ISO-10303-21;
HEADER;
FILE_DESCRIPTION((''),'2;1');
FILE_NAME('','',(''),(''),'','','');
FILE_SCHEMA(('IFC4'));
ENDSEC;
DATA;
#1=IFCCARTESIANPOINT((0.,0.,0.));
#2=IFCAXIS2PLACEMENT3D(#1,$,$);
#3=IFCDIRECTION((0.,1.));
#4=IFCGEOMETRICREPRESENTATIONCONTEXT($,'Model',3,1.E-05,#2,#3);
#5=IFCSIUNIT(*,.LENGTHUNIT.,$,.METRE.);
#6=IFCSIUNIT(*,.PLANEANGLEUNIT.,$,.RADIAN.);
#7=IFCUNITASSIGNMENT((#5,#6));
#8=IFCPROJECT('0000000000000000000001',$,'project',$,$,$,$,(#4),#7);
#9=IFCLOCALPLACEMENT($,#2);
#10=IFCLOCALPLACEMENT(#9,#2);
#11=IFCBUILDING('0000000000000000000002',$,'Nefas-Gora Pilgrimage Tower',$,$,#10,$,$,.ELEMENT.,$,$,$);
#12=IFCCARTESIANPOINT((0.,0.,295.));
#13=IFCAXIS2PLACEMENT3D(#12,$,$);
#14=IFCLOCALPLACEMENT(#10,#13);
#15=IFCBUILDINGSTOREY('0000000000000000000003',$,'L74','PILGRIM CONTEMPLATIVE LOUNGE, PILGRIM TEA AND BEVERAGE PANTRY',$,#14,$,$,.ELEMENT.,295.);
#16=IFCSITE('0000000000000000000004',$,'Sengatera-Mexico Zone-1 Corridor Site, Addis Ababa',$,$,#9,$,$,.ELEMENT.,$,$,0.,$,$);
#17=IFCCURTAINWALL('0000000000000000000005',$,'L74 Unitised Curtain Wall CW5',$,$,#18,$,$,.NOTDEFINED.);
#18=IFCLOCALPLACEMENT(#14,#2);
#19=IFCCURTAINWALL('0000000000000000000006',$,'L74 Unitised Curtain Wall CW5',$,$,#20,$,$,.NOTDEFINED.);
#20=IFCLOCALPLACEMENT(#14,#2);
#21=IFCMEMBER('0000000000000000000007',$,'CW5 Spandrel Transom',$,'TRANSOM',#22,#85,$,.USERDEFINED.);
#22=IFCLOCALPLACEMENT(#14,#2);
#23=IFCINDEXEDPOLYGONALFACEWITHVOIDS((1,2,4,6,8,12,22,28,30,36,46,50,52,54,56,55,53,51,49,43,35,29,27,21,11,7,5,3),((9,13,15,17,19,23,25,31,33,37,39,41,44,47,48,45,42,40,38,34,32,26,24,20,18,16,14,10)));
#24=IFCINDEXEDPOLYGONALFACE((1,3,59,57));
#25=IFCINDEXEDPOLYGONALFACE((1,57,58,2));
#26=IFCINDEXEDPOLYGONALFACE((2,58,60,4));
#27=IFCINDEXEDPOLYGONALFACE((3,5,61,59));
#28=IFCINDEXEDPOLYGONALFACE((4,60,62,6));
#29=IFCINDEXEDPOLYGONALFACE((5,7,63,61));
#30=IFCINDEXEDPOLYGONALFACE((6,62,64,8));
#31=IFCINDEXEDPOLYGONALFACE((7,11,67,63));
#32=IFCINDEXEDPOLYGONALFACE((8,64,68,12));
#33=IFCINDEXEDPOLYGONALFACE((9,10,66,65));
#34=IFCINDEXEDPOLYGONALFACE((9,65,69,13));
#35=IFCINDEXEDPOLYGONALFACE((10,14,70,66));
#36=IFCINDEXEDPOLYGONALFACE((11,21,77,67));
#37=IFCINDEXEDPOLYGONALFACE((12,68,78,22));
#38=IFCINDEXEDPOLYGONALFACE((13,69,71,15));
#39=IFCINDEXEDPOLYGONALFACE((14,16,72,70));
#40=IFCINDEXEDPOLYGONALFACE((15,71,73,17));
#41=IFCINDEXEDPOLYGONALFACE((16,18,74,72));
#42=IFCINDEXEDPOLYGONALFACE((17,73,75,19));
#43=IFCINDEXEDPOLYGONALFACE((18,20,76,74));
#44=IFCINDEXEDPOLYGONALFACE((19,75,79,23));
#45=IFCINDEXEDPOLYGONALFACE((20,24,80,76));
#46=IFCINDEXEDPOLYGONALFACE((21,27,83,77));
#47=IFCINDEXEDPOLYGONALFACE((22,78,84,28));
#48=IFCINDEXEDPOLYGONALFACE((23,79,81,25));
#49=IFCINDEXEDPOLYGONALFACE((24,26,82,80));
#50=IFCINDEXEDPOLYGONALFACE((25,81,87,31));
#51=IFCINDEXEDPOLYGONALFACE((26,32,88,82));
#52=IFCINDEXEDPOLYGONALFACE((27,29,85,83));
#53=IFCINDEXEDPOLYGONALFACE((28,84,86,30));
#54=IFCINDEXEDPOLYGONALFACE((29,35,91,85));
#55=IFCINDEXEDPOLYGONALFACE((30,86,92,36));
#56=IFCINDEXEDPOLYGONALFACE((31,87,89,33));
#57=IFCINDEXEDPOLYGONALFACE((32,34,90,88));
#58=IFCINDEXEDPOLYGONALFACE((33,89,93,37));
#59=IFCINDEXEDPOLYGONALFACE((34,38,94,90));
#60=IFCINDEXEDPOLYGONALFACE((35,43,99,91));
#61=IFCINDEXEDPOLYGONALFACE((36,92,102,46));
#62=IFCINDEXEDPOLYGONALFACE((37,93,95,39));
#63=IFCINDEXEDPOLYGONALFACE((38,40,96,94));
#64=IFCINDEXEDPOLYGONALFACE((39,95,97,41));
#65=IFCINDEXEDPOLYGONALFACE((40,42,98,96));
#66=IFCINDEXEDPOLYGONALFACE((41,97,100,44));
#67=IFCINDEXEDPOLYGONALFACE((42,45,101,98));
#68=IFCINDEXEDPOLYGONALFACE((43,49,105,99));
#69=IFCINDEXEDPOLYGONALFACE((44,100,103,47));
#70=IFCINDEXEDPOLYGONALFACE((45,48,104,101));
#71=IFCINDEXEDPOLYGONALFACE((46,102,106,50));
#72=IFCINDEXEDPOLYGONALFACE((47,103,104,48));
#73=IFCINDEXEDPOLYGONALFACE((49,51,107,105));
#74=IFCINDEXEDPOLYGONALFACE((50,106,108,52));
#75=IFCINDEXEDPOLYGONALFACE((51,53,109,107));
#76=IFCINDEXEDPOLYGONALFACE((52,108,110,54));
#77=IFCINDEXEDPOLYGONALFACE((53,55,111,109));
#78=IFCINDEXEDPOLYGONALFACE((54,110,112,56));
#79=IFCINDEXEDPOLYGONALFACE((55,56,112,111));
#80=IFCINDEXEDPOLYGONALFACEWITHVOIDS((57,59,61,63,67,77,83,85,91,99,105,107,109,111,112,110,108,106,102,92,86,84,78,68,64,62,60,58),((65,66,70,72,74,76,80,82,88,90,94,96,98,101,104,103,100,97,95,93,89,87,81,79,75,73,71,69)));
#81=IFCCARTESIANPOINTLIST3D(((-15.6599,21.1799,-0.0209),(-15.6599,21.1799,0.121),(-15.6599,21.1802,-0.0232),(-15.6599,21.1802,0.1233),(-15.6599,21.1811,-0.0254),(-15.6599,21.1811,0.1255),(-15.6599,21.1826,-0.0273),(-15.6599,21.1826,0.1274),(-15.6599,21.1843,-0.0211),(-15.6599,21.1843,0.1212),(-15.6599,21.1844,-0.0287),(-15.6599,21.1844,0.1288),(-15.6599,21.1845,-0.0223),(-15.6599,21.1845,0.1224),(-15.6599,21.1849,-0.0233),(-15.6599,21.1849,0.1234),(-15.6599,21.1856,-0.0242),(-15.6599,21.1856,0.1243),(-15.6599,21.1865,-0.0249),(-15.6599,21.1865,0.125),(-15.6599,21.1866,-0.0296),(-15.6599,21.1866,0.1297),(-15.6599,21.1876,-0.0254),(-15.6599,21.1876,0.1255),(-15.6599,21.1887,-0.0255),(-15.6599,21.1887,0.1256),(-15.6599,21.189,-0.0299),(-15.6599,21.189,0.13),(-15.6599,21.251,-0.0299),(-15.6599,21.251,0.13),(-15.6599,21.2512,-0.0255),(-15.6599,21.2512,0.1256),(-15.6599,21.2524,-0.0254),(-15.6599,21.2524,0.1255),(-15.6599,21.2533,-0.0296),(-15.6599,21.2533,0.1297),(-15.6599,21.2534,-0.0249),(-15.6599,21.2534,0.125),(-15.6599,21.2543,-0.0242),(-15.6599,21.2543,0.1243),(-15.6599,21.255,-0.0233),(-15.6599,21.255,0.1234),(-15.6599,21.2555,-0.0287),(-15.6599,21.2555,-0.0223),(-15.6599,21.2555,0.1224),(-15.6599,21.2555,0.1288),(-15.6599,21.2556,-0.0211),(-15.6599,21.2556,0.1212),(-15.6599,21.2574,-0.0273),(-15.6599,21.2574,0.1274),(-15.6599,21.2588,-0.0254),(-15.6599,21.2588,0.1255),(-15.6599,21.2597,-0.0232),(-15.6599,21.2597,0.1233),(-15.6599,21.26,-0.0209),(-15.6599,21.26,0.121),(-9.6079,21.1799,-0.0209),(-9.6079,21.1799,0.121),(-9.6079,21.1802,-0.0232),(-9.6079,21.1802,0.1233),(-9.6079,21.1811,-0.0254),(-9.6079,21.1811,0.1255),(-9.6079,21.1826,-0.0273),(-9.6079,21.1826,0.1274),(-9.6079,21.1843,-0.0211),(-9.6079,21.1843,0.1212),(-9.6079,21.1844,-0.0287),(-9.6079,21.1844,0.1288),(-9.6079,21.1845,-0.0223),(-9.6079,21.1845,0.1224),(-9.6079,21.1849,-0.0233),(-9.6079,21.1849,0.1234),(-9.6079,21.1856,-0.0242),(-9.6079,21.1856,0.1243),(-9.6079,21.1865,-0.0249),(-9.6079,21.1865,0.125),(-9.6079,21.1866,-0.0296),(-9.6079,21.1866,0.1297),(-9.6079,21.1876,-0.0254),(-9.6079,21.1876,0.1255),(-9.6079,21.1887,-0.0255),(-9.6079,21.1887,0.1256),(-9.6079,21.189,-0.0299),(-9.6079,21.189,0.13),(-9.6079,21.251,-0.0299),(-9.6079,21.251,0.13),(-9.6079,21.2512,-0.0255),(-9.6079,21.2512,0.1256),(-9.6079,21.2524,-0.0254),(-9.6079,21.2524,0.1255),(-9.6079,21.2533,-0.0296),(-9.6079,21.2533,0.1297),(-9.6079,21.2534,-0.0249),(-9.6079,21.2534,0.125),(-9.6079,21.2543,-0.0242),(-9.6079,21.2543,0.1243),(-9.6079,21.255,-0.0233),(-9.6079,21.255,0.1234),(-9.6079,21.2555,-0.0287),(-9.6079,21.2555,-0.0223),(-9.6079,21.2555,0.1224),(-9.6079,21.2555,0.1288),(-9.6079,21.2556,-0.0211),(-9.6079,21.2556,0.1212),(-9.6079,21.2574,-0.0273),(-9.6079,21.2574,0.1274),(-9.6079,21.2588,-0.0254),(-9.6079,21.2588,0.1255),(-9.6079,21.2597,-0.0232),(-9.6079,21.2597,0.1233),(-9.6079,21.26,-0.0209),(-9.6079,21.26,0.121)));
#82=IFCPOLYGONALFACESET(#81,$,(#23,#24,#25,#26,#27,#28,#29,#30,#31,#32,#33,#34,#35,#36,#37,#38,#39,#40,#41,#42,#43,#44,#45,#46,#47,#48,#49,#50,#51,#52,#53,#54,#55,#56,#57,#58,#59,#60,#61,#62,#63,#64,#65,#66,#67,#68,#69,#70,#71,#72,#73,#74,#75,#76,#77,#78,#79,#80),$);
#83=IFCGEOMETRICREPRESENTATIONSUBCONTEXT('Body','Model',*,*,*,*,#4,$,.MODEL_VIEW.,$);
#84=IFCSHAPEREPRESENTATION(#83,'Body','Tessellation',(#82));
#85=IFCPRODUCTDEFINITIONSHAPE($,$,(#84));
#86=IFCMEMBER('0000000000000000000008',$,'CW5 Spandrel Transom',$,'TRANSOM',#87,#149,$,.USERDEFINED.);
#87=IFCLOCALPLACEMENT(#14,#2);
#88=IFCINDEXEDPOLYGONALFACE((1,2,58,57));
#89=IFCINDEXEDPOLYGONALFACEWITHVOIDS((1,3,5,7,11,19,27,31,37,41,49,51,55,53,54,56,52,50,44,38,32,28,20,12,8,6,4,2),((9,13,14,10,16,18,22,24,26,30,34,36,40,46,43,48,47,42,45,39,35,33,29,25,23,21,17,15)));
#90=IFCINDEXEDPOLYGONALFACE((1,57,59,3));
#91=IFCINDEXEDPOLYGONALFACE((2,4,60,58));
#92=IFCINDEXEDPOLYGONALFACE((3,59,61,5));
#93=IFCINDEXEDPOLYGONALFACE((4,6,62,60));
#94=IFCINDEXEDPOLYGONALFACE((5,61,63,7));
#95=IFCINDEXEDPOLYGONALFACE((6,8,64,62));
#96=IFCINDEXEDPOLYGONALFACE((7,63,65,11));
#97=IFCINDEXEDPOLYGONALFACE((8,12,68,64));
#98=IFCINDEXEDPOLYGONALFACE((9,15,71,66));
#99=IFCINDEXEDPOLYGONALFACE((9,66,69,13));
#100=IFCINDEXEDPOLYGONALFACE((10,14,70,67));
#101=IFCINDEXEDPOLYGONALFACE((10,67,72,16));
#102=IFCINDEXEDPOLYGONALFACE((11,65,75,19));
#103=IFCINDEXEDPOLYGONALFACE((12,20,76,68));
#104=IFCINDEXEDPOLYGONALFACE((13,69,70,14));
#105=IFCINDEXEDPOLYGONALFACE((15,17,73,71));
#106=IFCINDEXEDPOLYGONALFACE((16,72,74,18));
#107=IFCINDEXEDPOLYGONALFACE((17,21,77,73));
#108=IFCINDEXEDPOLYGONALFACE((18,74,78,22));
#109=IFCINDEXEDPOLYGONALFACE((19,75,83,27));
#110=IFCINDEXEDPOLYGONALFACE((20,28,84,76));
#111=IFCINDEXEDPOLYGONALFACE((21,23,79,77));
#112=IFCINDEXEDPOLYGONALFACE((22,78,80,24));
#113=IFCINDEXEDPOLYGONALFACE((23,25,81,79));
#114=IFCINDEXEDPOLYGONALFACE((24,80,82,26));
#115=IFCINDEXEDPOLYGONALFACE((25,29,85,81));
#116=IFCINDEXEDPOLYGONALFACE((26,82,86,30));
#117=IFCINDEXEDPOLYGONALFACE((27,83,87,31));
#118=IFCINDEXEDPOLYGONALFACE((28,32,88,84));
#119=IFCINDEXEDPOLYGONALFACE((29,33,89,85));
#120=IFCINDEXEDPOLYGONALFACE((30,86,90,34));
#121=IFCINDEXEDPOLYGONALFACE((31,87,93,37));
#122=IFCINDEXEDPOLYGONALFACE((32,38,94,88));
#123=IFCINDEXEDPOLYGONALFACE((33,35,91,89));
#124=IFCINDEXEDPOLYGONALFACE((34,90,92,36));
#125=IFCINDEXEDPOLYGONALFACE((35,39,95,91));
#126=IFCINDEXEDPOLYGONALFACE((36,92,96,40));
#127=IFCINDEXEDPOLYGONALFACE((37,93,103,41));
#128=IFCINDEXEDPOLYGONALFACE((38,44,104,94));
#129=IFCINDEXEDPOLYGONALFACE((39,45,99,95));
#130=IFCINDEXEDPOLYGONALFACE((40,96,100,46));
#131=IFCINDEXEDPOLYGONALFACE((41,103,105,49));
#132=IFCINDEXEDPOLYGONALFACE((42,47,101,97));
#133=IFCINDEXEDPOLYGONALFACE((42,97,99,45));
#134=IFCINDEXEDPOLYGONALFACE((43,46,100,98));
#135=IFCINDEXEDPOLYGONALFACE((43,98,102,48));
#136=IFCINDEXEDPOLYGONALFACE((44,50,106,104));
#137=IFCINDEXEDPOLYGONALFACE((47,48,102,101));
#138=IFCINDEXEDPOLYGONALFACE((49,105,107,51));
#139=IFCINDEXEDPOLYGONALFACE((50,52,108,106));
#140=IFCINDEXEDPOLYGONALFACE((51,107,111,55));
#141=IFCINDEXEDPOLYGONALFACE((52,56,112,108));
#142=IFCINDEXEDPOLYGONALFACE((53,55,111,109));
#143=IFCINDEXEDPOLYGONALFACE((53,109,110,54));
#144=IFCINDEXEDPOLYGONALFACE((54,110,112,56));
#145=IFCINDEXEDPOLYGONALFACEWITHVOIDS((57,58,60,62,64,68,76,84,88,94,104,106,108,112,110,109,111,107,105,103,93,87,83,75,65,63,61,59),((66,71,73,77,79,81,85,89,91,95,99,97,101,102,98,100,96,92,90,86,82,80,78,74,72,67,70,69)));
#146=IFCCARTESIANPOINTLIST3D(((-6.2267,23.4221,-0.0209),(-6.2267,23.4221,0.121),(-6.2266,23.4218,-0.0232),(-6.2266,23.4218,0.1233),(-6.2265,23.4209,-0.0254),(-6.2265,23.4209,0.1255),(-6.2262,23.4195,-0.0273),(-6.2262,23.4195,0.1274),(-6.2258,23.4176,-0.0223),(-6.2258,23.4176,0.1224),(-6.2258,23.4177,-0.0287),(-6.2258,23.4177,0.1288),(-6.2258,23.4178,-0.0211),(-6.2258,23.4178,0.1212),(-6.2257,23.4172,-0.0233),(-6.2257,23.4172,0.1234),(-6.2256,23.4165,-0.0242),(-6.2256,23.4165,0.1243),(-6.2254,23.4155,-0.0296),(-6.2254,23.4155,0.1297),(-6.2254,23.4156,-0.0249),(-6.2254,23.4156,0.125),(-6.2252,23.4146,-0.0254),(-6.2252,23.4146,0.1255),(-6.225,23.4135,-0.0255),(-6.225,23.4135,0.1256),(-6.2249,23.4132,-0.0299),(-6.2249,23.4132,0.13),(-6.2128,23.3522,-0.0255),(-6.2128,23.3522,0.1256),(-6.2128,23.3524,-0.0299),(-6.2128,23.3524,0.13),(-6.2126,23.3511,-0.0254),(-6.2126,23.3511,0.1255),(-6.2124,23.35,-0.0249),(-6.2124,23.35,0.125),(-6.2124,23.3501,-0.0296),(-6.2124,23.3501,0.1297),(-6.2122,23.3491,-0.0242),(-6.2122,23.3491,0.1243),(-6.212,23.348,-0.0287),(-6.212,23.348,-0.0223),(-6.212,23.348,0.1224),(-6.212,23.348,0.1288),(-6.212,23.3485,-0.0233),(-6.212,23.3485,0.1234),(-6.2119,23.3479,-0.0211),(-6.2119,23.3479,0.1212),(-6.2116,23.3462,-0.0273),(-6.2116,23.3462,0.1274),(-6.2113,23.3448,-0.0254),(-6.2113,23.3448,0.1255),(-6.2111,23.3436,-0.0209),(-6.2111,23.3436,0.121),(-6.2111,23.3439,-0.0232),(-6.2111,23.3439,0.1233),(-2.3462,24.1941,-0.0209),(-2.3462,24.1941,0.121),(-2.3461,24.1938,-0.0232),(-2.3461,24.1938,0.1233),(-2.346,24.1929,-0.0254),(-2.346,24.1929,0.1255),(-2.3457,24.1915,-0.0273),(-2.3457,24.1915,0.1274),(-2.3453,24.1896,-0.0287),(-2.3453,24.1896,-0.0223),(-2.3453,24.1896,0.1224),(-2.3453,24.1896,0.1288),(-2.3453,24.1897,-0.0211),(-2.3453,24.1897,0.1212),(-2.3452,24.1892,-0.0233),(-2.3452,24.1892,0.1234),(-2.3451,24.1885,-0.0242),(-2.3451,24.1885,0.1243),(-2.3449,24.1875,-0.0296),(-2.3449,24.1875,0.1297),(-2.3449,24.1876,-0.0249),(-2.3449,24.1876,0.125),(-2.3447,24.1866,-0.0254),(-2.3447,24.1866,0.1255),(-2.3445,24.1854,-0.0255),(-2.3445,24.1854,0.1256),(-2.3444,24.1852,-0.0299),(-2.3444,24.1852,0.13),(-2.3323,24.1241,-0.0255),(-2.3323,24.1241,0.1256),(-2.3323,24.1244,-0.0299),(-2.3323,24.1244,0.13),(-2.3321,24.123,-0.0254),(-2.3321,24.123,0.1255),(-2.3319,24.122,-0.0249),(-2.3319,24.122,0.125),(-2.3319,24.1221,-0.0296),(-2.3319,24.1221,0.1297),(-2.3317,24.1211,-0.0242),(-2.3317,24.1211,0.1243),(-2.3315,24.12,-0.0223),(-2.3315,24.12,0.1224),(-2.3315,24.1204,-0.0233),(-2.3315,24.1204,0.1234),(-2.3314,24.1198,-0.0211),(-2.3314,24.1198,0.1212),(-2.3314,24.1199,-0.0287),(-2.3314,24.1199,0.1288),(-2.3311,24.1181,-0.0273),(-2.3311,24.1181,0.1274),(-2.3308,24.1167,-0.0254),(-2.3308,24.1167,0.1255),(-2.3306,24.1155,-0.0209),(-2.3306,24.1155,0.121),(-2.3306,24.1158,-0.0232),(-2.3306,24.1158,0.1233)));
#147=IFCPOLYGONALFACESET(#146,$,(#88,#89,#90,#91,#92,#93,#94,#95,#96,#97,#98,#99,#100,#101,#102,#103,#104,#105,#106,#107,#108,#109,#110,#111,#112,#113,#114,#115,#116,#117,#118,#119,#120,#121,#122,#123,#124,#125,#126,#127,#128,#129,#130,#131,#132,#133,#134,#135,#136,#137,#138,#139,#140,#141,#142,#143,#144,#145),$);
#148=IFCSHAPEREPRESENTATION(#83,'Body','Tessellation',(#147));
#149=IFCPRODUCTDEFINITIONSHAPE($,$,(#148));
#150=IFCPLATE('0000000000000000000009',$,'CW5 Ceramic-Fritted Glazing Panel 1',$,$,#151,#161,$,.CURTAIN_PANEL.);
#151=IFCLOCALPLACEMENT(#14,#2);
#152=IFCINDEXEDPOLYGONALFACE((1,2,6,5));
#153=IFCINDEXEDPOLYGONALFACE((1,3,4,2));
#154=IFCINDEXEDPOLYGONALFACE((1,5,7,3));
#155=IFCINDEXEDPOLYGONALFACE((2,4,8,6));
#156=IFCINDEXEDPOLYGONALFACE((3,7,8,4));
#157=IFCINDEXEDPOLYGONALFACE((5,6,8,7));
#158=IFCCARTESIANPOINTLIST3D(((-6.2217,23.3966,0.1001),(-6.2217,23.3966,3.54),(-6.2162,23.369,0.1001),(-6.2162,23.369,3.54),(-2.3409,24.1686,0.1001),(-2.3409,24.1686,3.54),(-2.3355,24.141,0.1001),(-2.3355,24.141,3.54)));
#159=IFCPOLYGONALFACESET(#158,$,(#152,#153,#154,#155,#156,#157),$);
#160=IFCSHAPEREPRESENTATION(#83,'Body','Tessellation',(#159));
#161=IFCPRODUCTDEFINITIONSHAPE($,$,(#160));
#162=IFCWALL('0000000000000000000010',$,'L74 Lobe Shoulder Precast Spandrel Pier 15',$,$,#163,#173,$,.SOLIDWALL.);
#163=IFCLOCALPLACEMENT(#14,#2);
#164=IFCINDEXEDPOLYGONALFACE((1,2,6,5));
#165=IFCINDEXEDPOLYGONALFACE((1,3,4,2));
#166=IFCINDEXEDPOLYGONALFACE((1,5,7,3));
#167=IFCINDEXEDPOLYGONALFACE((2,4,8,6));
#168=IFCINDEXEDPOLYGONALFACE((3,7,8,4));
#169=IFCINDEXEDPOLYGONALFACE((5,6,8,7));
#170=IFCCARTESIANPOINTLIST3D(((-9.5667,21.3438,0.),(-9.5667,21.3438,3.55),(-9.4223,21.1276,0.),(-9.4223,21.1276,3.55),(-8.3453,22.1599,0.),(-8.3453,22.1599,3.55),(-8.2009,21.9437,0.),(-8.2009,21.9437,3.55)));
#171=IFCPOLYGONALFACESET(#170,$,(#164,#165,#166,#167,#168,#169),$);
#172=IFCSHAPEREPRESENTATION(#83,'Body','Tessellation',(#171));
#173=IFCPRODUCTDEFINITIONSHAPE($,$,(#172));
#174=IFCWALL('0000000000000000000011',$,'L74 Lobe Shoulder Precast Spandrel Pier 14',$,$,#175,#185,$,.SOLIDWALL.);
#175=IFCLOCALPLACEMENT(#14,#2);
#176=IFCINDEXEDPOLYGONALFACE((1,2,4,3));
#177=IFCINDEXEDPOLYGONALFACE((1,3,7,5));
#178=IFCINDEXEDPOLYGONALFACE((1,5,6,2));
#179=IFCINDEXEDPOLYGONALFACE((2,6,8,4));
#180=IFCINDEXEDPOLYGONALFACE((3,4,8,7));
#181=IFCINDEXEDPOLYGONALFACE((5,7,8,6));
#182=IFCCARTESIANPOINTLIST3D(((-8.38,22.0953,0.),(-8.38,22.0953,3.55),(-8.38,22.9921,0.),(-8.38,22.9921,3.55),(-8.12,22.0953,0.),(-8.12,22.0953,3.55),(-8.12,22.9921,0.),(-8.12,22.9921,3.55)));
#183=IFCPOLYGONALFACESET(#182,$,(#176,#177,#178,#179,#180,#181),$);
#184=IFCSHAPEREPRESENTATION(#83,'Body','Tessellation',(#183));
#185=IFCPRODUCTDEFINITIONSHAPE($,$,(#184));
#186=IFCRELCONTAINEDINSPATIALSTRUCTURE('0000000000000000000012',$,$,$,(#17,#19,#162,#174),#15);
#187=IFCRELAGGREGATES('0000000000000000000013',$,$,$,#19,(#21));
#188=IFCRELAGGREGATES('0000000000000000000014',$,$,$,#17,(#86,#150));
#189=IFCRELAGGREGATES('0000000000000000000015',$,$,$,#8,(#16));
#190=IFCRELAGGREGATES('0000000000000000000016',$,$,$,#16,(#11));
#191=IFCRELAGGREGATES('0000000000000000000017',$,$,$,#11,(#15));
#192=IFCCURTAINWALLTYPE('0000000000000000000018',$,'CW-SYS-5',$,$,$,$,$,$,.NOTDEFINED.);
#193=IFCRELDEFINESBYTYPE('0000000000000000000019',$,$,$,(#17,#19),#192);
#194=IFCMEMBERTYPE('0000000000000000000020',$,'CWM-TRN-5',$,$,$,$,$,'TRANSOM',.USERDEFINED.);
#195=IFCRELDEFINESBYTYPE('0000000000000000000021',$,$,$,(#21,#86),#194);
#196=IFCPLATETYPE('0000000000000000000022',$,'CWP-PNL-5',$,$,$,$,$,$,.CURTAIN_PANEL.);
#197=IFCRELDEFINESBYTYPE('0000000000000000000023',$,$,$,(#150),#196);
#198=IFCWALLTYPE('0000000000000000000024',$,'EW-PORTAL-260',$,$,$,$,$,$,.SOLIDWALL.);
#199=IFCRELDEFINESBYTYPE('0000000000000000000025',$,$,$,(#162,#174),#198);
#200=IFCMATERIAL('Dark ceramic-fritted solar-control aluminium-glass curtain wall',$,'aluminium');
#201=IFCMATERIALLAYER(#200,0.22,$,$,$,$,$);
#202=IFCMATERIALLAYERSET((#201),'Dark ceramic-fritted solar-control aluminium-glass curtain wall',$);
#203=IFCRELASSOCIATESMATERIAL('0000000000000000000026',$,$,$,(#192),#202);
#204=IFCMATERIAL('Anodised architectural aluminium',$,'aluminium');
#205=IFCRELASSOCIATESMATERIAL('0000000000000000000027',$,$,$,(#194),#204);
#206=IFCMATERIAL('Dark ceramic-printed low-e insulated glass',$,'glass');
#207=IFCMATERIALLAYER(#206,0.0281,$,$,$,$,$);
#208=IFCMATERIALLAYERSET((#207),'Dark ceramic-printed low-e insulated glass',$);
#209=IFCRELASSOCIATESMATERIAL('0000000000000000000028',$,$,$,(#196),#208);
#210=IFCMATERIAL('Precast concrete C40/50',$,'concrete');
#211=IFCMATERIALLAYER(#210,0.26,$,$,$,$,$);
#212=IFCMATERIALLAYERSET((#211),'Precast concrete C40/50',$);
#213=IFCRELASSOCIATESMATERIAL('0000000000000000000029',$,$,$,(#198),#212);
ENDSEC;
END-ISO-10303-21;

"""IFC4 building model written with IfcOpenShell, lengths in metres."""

from ifc_helpers import new_model, si_unit, direction, frame, frame_2d, origin, origin_2d, place, context, subcontext, project, spatial, rectangle, hollow_rectangle, extrude, source, transform, mapped, material, layer, layer_set, material_profile, profile_set, type_object, element, aggregate, save


model = new_model("IFC4")

# Units and contexts
model_context = context("Model", 3, precision=1e-05, world=origin(), true_north=direction((0.0, 1.0)))
body_context = subcontext(model_context, "Body", "Model", "MODEL_VIEW")
ifc_project = project(units=[si_unit("LENGTHUNIT", "METRE"), si_unit("PLANEANGLEUNIT", "RADIAN")], contexts=[model_context])

# Site, building, storey
site_placement = place(None, origin())
site = spatial("IfcSite", under=ifc_project, at=site_placement, Name="Sengatera-Mexico Zone-1 Corridor Site, Addis Ababa", CompositionType="ELEMENT", RefElevation=0.0)
building_placement = place(site_placement, origin())
building = spatial("IfcBuilding", under=site, at=building_placement, Name="Nefas-Gora Pilgrimage Tower", CompositionType="ELEMENT")
storey_placement = place(building_placement, frame((0.0, 0.0, 295.0)))
storey = spatial("IfcBuildingStorey", under=building, at=storey_placement, Name="L74", Description="PILGRIM CONTEMPLATIVE LOUNGE, PILGRIM TEA AND BEVERAGE PANTRY", CompositionType="ELEMENT", Elevation=295.0)

# Curtain walls, member
ifc_material_1 = material(Name="Dark ceramic-fritted solar-control aluminium-glass curtain wall", Category="aluminium")
ifc_layer_1 = layer(ifc_material_1, 0.22)
ifc_layer_set_1 = layer_set([ifc_layer_1], Name="Dark ceramic-fritted solar-control aluminium-glass curtain wall")
curtain_wall_type = type_object("IfcCurtainWallType", Name="CW-SYS-5", PredefinedType="NOTDEFINED", material=ifc_layer_set_1)
curtain_wall_1_placement = place(storey_placement, origin())
curtain_wall_1 = element("IfcCurtainWall", 1, at=curtain_wall_1_placement, inside=storey, type_object=curtain_wall_type, Name="L74 Unitised Curtain Wall CW5", PredefinedType="NOTDEFINED")
ifc_material_2 = material(Name="Anodised architectural aluminium", Category="aluminium")
curtain_wall_2_placement = place(storey_placement, origin())
curtain_wall_2 = element("IfcCurtainWall", 2, at=curtain_wall_2_placement, inside=storey, type_object=curtain_wall_type, Name="L74 Unitised Curtain Wall CW5", PredefinedType="NOTDEFINED")
ifc_material_profile_1 = material_profile(ifc_material_2, hollow_rectangle(XDim=0.0801, YDim=0.1599, WallThickness=0.0044, InnerFilletRadius=0.0044, OuterFilletRadius=0.009, at=origin_2d()), Name="ALU TRANSOM 80x160")
ifc_profile_set_1 = profile_set([ifc_material_profile_1], Name="Anodised architectural aluminium")
member_type_1 = type_object("IfcMemberType", Name="CWM-TRN-5", ElementType="TRANSOM", PredefinedType="USERDEFINED", material=ifc_profile_set_1)
shared_shape_1 = source(origin(), body_context, "Body", "SweptSolid", [
    extrude(hollow_rectangle(XDim=0.0801, YDim=0.1599, WallThickness=0.0044, InnerFilletRadius=0.0044, OuterFilletRadius=0.009, at=origin_2d()), origin(), (0.0, 0.0, 1.0), 6.052),
])
member_1_placement = place(storey_placement, frame((-9.6079, 21.22, 0.05), z_axis=(-1.0, 0.0, 0.0), x_axis=(0.0, -1.0, 0.0)))
member_1 = element("IfcMember", 3, at=member_1_placement, type_object=member_type_1, Name="CW5 Spandrel Transom", ObjectType="TRANSOM", PredefinedType="USERDEFINED", context=body_context, shape_type="MappedRepresentation", body=[
    mapped(shared_shape_1, transform((0.0, 0.0, 0.0), x_axis=(1.0, 0.0, 0.0), y_axis=(0.0, 1.0, 0.0), z_axis=(0.0, 0.0, 1.0), scale=1.0)),
])
aggregate(curtain_wall_2, [member_1])

# Member
shared_shape_2 = source(origin(), body_context, "Body", "SweptSolid", [
    extrude(hollow_rectangle(XDim=0.0801, YDim=0.1599, WallThickness=0.0044, InnerFilletRadius=0.0044, OuterFilletRadius=0.009, at=origin_2d()), origin(), (0.0, 0.0, 1.0), 3.9565),
])
member_2_placement = place(storey_placement, frame((-2.3384, 24.1548, 0.05), z_axis=(-0.980782, -0.195107, 0.0), x_axis=(0.195107, -0.980782, 0.0)))
member_2 = element("IfcMember", 4, at=member_2_placement, type_object=member_type_1, Name="CW5 Spandrel Transom", ObjectType="TRANSOM", PredefinedType="USERDEFINED", context=body_context, shape_type="MappedRepresentation", body=[
    mapped(shared_shape_2, transform((0.0, 0.0, 0.0), x_axis=(1.0, 0.0, 0.0), y_axis=(0.0, 1.0, 0.0), z_axis=(0.0, 0.0, 1.0), scale=1.0)),
])

# Plate
ifc_material_3 = material(Name="Dark ceramic-printed low-e insulated glass", Category="glass")
ifc_layer_2 = layer(ifc_material_3, 0.0281)
ifc_layer_set_2 = layer_set([ifc_layer_2], Name="Dark ceramic-printed low-e insulated glass")
plate_type = type_object("IfcPlateType", Name="CWP-PNL-5", PredefinedType="CURTAIN_PANEL", material=ifc_layer_set_2)
shared_shape_3 = source(origin(), body_context, "Body", "SweptSolid", [
    extrude(rectangle(XDim=3.9568, YDim=0.0281, at=origin_2d()), origin(), (0.0, 0.0, 1.0), 3.4399),
])
plate_placement = place(storey_placement, frame((-4.2786, 23.7688, 0.1001), z_axis=(0.0, 0.0, 1.0), x_axis=(-0.980783, -0.195102, 0.0)))
plate = element("IfcPlate", 5, at=plate_placement, type_object=plate_type, Name="CW5 Ceramic-Fritted Glazing Panel 1", PredefinedType="CURTAIN_PANEL", context=body_context, shape_type="MappedRepresentation", body=[
    mapped(shared_shape_3, transform((0.0, 0.0, 0.0), x_axis=(1.0, 0.0, 0.0), y_axis=(0.0, 1.0, 0.0), z_axis=(0.0, 0.0, 1.0), scale=1.0)),
])
aggregate(curtain_wall_1, [member_2, plate])

# Walls
ifc_material_4 = material(Name="Precast concrete C40/50", Category="concrete")
ifc_layer_3 = layer(ifc_material_4, 0.26)
ifc_layer_set_3 = layer_set([ifc_layer_3], Name="Precast concrete C40/50")
wall_type_1 = type_object("IfcWallType", Name="EW-PORTAL-260", PredefinedType="SOLIDWALL", material=ifc_layer_set_3)
shared_shape_4 = source(origin(), body_context, "Body", "SweptSolid", [
    extrude(rectangle(XDim=1.469, YDim=0.26, at=frame_2d((0.7344, 0.0))), origin(), (0.0, 0.0, 1.0), 3.55),
])
wall_1_placement = place(storey_placement, frame((-8.2732, 22.0518, 0.0), z_axis=(0.0, 0.0, 1.0), x_axis=(-0.831462, -0.555582, 0.0)))
element("IfcWall", 6, at=wall_1_placement, inside=storey, type_object=wall_type_1, Name="L74 Lobe Shoulder Precast Spandrel Pier 15", PredefinedType="SOLIDWALL", context=body_context, shape_type="MappedRepresentation", body=[
    mapped(shared_shape_4, transform((0.0, 0.0, 0.0), x_axis=(1.0, 0.0, 0.0), y_axis=(0.0, 1.0, 0.0), z_axis=(0.0, 0.0, 1.0), scale=1.0)),
])
shared_shape_5 = source(origin(), body_context, "Body", "SweptSolid", [
    extrude(rectangle(XDim=0.8967, YDim=0.26, at=frame_2d((0.4482, 0.0))), origin(), (0.0, 0.0, 1.0), 3.55),
])
wall_2_placement = place(storey_placement, frame((-8.25, 22.9919, 0.0), z_axis=(0.0, 0.0, 1.0), x_axis=(0.0, -1.0, 0.0)))
element("IfcWall", 7, at=wall_2_placement, inside=storey, type_object=wall_type_1, Name="L74 Lobe Shoulder Precast Spandrel Pier 14", PredefinedType="SOLIDWALL", context=body_context, shape_type="MappedRepresentation", body=[
    mapped(shared_shape_5, transform((0.0, 0.0, 0.0), x_axis=(1.0, 0.0, 0.0), y_axis=(0.0, 1.0, 0.0), z_axis=(0.0, 0.0, 1.0), scale=1.0)),
])

save(model, "model.ifc")
